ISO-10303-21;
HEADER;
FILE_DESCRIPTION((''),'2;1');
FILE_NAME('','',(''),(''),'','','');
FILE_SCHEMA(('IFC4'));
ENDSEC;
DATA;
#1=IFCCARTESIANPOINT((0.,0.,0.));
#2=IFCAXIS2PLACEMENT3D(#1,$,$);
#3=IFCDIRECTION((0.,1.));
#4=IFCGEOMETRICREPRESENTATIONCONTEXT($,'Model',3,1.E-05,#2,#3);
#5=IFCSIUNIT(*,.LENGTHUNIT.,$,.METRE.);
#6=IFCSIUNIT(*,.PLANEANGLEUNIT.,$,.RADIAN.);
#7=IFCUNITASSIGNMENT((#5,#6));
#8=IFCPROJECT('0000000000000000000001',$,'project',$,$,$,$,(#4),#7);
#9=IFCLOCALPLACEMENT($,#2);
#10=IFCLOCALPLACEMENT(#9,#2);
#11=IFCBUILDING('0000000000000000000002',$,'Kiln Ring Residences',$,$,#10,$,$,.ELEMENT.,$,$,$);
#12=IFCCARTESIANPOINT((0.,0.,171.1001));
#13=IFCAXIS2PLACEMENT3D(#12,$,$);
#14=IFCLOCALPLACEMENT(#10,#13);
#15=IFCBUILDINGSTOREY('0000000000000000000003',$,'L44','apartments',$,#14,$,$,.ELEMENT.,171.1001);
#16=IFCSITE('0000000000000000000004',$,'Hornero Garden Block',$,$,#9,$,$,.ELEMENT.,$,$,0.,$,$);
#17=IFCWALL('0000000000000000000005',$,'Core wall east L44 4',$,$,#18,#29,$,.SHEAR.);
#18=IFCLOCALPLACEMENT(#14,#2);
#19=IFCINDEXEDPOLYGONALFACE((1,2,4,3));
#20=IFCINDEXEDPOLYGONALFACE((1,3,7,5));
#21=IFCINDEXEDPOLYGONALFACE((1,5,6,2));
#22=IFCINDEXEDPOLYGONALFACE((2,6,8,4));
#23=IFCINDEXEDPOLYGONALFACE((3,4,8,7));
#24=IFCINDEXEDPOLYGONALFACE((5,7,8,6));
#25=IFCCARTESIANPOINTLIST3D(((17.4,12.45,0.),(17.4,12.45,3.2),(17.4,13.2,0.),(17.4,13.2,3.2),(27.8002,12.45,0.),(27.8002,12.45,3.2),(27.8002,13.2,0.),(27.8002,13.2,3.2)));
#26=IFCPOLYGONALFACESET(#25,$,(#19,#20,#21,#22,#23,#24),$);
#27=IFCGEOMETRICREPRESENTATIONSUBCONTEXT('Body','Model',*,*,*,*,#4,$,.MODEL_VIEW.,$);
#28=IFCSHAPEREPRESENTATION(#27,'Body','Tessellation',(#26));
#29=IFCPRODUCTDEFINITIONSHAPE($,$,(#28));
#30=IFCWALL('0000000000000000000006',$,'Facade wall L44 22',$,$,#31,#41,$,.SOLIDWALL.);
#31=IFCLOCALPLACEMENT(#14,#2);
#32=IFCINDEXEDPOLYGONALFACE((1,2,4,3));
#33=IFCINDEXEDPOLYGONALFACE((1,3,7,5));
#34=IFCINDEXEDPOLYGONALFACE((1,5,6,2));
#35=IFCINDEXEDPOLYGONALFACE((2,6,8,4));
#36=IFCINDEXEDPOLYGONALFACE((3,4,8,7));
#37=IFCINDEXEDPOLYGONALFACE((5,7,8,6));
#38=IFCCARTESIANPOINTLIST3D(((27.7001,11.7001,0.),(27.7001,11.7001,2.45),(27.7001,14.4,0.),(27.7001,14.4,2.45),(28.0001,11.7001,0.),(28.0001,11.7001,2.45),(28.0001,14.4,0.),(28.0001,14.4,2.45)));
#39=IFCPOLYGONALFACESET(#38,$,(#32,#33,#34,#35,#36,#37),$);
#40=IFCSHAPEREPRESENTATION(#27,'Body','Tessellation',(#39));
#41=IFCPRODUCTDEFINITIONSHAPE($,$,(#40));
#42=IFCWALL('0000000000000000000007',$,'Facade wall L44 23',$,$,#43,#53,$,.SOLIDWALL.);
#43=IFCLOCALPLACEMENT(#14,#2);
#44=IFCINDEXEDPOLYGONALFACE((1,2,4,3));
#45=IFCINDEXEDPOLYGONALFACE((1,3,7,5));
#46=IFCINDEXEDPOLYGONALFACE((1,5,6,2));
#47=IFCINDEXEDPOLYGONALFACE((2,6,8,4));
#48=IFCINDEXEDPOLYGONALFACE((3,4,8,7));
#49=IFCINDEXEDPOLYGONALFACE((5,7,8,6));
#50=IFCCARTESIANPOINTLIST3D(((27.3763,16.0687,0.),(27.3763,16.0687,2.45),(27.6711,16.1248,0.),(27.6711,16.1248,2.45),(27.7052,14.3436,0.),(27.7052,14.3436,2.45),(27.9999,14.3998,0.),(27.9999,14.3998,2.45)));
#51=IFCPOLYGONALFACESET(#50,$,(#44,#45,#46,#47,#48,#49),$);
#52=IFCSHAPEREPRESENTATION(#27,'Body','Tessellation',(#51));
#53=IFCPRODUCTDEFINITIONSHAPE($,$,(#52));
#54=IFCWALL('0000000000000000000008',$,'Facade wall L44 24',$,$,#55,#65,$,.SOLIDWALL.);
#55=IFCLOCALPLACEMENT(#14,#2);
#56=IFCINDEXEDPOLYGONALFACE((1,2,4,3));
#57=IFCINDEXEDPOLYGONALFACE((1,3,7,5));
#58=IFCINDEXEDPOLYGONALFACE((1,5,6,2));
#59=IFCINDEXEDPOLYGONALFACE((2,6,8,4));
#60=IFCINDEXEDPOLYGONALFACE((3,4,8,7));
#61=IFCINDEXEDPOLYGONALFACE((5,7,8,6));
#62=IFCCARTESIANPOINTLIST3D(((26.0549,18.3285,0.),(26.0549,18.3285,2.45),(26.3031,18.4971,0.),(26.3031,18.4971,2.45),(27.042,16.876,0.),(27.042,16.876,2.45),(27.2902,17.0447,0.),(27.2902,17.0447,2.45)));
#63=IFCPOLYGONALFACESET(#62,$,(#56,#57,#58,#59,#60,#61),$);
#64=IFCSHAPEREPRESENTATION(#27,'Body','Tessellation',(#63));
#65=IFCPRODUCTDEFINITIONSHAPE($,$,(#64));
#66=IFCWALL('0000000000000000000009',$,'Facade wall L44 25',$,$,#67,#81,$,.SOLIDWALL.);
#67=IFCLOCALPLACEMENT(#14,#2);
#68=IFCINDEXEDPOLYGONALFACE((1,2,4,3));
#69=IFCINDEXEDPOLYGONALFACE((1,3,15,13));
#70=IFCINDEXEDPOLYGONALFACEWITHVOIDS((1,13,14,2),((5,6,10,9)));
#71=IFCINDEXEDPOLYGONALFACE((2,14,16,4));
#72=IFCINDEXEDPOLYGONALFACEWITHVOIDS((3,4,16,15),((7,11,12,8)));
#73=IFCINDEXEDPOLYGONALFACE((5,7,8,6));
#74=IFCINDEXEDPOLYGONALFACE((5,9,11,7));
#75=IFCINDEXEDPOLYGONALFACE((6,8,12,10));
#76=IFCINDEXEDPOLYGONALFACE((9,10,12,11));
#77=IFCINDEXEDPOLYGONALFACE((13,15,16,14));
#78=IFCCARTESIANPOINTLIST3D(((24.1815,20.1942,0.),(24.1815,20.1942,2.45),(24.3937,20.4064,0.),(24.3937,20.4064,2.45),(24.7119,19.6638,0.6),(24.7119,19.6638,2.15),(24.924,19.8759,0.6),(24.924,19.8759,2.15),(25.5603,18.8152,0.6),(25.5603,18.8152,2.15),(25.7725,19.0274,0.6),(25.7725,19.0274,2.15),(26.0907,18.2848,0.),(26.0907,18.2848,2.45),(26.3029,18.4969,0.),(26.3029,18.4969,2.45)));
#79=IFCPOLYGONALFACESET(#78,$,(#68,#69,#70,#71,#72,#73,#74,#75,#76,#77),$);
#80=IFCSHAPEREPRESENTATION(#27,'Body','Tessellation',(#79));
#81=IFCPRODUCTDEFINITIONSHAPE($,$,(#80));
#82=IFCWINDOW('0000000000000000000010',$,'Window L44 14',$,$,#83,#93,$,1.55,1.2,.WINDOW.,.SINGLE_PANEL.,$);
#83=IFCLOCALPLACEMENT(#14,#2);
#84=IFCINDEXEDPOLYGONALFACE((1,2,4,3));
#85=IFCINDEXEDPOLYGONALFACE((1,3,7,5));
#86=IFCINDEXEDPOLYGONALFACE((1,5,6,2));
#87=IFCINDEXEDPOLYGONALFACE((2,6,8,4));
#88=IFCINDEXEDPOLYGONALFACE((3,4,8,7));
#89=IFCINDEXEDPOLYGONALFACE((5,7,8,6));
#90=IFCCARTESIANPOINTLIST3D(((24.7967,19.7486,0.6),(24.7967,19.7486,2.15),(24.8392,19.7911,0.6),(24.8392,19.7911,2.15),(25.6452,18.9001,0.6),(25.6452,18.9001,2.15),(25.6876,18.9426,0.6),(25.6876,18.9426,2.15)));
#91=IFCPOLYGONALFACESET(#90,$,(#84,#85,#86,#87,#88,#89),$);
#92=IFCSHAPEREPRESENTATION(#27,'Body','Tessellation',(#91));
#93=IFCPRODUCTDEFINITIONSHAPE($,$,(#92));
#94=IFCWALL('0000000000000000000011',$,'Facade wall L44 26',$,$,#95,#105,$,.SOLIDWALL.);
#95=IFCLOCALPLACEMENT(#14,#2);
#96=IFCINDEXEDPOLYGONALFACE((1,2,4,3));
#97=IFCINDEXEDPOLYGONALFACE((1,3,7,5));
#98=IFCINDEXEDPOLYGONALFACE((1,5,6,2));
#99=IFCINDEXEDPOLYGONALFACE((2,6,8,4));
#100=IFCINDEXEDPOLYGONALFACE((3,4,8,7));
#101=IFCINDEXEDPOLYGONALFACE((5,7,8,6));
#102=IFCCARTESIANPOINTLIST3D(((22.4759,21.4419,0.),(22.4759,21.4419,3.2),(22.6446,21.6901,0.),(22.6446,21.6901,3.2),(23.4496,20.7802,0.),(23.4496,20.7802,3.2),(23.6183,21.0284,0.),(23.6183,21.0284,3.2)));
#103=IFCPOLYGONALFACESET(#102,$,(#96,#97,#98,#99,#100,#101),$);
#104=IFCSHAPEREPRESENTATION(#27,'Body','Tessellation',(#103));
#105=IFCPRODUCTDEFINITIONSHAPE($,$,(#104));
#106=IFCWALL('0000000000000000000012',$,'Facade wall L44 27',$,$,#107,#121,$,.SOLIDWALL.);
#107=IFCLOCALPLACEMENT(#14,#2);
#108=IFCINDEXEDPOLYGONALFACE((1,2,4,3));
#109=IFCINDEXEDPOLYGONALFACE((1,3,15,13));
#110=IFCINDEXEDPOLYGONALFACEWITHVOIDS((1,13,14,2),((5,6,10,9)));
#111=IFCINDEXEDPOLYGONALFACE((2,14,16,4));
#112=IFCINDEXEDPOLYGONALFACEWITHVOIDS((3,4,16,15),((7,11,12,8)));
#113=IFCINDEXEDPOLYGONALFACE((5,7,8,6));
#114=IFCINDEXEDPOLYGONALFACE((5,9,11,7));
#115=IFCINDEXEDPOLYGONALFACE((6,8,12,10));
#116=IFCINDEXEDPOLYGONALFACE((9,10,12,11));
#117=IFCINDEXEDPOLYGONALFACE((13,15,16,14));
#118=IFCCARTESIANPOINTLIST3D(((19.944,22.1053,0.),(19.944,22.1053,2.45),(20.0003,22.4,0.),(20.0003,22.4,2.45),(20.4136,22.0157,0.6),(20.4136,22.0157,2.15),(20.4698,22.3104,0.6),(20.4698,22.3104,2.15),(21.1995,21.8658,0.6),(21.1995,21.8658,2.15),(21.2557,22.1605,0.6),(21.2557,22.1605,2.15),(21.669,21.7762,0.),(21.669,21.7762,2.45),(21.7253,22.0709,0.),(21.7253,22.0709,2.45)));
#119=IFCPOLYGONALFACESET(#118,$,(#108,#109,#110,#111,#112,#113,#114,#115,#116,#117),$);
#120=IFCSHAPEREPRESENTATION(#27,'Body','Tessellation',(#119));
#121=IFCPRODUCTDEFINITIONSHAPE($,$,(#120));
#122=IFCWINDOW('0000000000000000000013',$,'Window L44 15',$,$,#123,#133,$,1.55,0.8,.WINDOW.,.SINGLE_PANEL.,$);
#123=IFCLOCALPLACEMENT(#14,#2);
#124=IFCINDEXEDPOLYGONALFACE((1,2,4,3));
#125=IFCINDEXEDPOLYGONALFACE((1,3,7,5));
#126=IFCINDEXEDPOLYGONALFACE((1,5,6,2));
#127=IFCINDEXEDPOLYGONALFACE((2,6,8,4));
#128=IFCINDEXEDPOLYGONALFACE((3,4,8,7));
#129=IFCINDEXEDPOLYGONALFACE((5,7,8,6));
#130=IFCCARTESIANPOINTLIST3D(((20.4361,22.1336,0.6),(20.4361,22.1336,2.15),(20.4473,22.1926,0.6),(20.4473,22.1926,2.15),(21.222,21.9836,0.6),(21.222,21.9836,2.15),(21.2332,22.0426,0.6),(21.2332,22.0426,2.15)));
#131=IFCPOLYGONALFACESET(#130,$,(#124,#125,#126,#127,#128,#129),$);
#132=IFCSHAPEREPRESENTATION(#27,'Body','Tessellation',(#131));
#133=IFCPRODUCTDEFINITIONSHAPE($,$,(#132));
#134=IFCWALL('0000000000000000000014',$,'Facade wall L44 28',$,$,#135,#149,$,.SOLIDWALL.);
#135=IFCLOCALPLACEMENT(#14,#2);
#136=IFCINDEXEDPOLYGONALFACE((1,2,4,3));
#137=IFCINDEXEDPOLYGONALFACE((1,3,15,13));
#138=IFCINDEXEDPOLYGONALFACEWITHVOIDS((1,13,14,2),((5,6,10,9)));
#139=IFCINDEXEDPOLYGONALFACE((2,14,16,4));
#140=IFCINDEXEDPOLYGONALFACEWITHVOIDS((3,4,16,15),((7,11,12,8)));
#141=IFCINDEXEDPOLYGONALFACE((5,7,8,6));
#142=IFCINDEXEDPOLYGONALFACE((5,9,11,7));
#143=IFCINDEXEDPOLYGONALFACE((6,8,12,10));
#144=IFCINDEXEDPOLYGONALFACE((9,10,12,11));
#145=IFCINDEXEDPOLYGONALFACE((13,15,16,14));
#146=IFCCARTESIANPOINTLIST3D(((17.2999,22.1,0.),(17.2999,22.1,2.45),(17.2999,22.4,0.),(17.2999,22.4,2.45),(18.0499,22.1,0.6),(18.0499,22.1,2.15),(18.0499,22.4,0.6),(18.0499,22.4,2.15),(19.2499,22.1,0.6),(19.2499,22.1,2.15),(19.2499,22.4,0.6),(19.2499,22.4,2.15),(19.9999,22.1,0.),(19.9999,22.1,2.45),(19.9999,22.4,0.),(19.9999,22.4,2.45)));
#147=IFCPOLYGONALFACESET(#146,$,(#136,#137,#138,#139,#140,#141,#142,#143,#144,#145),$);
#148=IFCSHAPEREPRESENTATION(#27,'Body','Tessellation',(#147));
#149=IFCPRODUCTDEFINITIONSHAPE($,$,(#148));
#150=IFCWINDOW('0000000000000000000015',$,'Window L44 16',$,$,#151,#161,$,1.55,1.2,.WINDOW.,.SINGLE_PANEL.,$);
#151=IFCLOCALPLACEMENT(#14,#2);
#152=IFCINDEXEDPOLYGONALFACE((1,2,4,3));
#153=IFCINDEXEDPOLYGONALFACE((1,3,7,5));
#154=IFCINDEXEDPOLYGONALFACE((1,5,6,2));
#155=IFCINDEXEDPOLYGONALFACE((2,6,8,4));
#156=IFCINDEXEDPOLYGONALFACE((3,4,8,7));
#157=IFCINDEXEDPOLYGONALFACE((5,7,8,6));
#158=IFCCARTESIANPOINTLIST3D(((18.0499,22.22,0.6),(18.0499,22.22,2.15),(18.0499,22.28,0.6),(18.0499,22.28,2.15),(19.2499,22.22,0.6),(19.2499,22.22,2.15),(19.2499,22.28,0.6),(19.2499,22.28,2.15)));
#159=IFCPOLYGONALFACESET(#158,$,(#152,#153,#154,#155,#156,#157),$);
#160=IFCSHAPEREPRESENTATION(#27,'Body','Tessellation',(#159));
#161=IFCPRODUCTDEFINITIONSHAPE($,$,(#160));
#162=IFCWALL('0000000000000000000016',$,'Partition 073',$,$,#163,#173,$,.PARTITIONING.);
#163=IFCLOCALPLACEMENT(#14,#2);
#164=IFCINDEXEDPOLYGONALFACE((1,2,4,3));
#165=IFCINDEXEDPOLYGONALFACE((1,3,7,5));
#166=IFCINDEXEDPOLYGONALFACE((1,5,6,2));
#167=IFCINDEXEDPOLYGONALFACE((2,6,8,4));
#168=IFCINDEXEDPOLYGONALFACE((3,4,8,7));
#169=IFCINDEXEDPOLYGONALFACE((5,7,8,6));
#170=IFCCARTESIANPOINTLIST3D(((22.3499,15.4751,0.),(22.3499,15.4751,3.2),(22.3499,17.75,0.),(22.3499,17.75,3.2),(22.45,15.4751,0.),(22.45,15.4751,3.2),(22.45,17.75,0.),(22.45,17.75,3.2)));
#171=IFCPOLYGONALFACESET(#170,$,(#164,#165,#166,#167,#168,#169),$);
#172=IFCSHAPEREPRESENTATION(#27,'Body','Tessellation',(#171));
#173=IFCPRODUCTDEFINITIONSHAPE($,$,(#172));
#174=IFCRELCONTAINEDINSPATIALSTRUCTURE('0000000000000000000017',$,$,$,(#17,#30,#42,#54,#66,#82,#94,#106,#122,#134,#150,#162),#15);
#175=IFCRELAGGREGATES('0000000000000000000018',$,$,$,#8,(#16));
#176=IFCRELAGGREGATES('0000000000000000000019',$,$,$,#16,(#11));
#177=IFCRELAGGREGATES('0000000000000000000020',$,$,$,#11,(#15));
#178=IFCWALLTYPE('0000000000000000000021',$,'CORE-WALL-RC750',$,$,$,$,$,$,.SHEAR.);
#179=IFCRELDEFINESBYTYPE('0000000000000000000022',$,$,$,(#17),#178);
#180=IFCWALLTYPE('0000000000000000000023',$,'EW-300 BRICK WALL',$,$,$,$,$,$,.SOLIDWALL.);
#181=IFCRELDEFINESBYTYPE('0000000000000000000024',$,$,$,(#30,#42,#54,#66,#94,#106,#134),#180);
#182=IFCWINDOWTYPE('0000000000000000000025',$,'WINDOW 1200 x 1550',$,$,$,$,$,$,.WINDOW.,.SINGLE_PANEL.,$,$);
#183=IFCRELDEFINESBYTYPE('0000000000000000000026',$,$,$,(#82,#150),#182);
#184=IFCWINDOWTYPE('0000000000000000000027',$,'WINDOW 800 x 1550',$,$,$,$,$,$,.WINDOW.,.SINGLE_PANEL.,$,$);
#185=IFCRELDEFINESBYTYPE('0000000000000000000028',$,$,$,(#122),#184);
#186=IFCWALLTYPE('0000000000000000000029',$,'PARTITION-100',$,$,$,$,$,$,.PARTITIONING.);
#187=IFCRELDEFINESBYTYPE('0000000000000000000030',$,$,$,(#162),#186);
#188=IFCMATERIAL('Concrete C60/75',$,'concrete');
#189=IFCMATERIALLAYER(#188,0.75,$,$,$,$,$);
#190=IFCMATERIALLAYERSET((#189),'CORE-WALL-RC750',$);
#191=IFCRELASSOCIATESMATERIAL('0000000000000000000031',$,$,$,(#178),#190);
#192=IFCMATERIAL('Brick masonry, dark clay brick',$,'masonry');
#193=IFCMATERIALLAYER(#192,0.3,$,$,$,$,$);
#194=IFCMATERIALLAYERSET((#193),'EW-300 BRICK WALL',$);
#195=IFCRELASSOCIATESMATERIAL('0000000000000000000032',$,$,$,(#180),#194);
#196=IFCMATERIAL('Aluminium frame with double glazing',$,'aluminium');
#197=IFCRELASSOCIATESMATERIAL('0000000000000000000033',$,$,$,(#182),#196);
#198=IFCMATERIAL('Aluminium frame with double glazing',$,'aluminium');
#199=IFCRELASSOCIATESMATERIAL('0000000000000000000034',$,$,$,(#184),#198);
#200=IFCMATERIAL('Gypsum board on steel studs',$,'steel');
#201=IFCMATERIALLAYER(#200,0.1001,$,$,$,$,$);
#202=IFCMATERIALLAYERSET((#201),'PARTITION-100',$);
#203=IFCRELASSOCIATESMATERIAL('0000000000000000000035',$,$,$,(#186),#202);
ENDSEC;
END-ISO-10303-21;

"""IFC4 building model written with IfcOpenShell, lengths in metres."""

from ifc_helpers import new_model, si_unit, direction, frame, frame_2d, origin, place, context, subcontext, project, spatial, rectangle, extrude, material, layer, layer_set, type_object, element, fill, save


model = new_model("IFC4")

# Units and contexts
model_context = context("Model", 3, precision=1e-05, world=origin(), true_north=direction((0.0, 1.0)))
body_context = subcontext(model_context, "Body", "Model", "MODEL_VIEW")
ifc_project = project(units=[si_unit("LENGTHUNIT", "METRE"), si_unit("PLANEANGLEUNIT", "RADIAN")], contexts=[model_context])

# Site, building, storey
site_placement = place(None, origin())
site = spatial("IfcSite", under=ifc_project, at=site_placement, Name="Hornero Garden Block", CompositionType="ELEMENT", RefElevation=0.0)
building_placement = place(site_placement, origin())
building = spatial("IfcBuilding", under=site, at=building_placement, Name="Kiln Ring Residences", CompositionType="ELEMENT")
storey_placement = place(building_placement, frame((0.0, 0.0, 171.1001)))
storey = spatial("IfcBuildingStorey", under=building, at=storey_placement, Name="L44", Description="apartments", CompositionType="ELEMENT", Elevation=171.1001)

# Walls
ifc_material_1 = material(Name="Concrete C60/75", Category="concrete")
ifc_layer_1 = layer(ifc_material_1, 0.75)
ifc_layer_set_1 = layer_set([ifc_layer_1], Name="CORE-WALL-RC750")
wall_type_1 = type_object("IfcWallType", Name="CORE-WALL-RC750", PredefinedType="SHEAR", material=ifc_layer_set_1)
wall_1_placement = place(storey_placement, frame((17.3999, 12.825, 0.0), z_axis=(0.0, 0.0, 1.0), x_axis=(1.0, 0.0, 0.0)))
element("IfcWall", 1, at=wall_1_placement, inside=storey, type_object=wall_type_1, Name="Core wall east L44 4", PredefinedType="SHEAR", context=body_context, shape_type="SweptSolid", body=[
    extrude(rectangle(XDim=10.4001, YDim=0.75, at=frame_2d((5.2002, 0.0))), origin(), (0.0, 0.0, 1.0), 3.2),
])
ifc_material_2 = material(Name="Brick masonry, dark clay brick", Category="masonry")
ifc_layer_2 = layer(ifc_material_2, 0.3)
ifc_layer_set_2 = layer_set([ifc_layer_2], Name="EW-300 BRICK WALL")
wall_type_2 = type_object("IfcWallType", Name="EW-300 BRICK WALL", PredefinedType="SOLIDWALL", material=ifc_layer_set_2)
wall_2_placement = place(storey_placement, frame((27.8501, 11.7, 0.0), z_axis=(0.0, 0.0, 1.0), x_axis=(0.0, 1.0, 0.0)))
element("IfcWall", 2, at=wall_2_placement, inside=storey, type_object=wall_type_2, Name="Facade wall L44 22", PredefinedType="SOLIDWALL", context=body_context, shape_type="SweptSolid", body=[
    extrude(rectangle(XDim=2.7, YDim=0.3, at=frame_2d((1.3501, 0.0))), origin(), (0.0, 0.0, 1.0), 2.45),
])
for number, where, z_axis, x_axis, name in (
    (3, (27.8525, 14.3718, 0.0), (0.0, 0.0, 1.0), (-0.187259, 0.982311, 0.0), "Facade wall L44 23"),
    (4, (27.166, 16.9604, 0.0), (0.0, 0.0, 1.0), (-0.562089, 0.827076, 0.0), "Facade wall L44 24"),
):
    element("IfcWall", number, at=place(storey_placement, frame(where, z_axis=z_axis, x_axis=x_axis)), inside=storey, type_object=wall_type_2, Name=name, PredefinedType="SOLIDWALL", context=body_context, shape_type="SweptSolid", body=[
        extrude(rectangle(XDim=1.7561, YDim=0.3, at=frame_2d((0.8779, 0.0))), origin(), (0.0, 0.0, 1.0), 2.45),
    ])

# Wall, opening, window
wall_3_placement = place(storey_placement, frame((26.1968, 18.3909, 0.0), z_axis=(0.0, 0.0, 1.0), x_axis=(-0.707062, 0.707152, 0.0)))
wall_3 = element("IfcWall", 5, at=wall_3_placement, inside=storey, type_object=wall_type_2, Name="Facade wall L44 25", PredefinedType="SOLIDWALL", context=body_context, shape_type="SweptSolid", body=[
    extrude(rectangle(XDim=2.7002, YDim=0.3, at=frame_2d((1.3501, 0.0))), origin(), (0.0, 0.0, 1.0), 2.45),
])
opening_1_placement = place(wall_3_placement, frame((0.75, 0.0, 0.6001)))
opening_1 = element("IfcOpeningElement", 6, at=opening_1_placement, cuts=wall_3, PredefinedType="OPENING", context=body_context, shape_type="SweptSolid", body=[
    extrude(rectangle(XDim=1.2, YDim=1.55, at=frame_2d((0.6001, 0.7749))), frame((0.0, 0.1599, 0.0), z_axis=(0.0, -1.0, 0.0), x_axis=(1.0, 0.0, 0.0)), (0.0, 0.0, 1.0), 0.3201),
])
ifc_material_3 = material(Name="Aluminium frame with double glazing", Category="aluminium")
window_type_1 = type_object("IfcWindowType", Name="WINDOW 1200 x 1550", PartitioningType="SINGLE_PANEL", PredefinedType="WINDOW", material=ifc_material_3)
window_1_placement = place(opening_1_placement, origin())
window_1 = element("IfcWindow", 7, at=window_1_placement, inside=storey, type_object=window_type_1, Name="Window L44 14", OverallHeight=1.55, OverallWidth=1.2, PartitioningType="SINGLE_PANEL", PredefinedType="WINDOW", context=body_context, shape_type="SweptSolid", body=[
    extrude(rectangle(XDim=1.2, YDim=1.55, at=frame_2d((0.6001, 0.7749))), frame((0.0, 0.03, 0.0), z_axis=(0.0, -1.0, 0.0), x_axis=(1.0, 0.0, 0.0)), (0.0, 0.0, 1.0), 0.0601),
])
fill(opening_1, window_1)

# Wall
wall_4_placement = place(storey_placement, frame((23.5339, 20.9043, 0.0), z_axis=(0.0, 0.0, 1.0), x_axis=(-0.827104, 0.562049, 0.0)))
element("IfcWall", 8, at=wall_4_placement, inside=storey, type_object=wall_type_2, Name="Facade wall L44 26", PredefinedType="SOLIDWALL", context=body_context, shape_type="SweptSolid", body=[
    extrude(rectangle(XDim=1.1772, YDim=0.3, at=frame_2d((0.5886, 0.0))), origin(), (0.0, 0.0, 1.0), 3.2),
])

# Walls, openings, windows
wall_5_placement = place(storey_placement, frame((21.697, 21.9236, 0.0), z_axis=(0.0, 0.0, 1.0), x_axis=(-0.982285, 0.187393, 0.0)))
wall_5 = element("IfcWall", 9, at=wall_5_placement, inside=storey, type_object=wall_type_2, Name="Facade wall L44 27", PredefinedType="SOLIDWALL", context=body_context, shape_type="SweptSolid", body=[
    extrude(rectangle(XDim=1.7561, YDim=0.3, at=frame_2d((0.8779, 0.0))), origin(), (0.0, 0.0, 1.0), 2.45),
])
opening_2_placement = place(wall_5_placement, frame((0.478, 0.0, 0.6001)))
opening_2 = element("IfcOpeningElement", 10, at=opening_2_placement, cuts=wall_5, PredefinedType="OPENING", context=body_context, shape_type="SweptSolid", body=[
    extrude(rectangle(XDim=0.8, YDim=1.55, at=frame_2d((0.3999, 0.7749))), frame((0.0, 0.1599, 0.0), z_axis=(0.0, -1.0, 0.0), x_axis=(1.0, 0.0, 0.0)), (0.0, 0.0, 1.0), 0.3201),
])
ifc_material_4 = material(Name="Aluminium frame with double glazing", Category="aluminium")
window_type_2 = type_object("IfcWindowType", Name="WINDOW 800 x 1550", PartitioningType="SINGLE_PANEL", PredefinedType="WINDOW", material=ifc_material_4)
window_2_placement = place(opening_2_placement, origin())
window_2 = element("IfcWindow", 11, at=window_2_placement, inside=storey, type_object=window_type_2, Name="Window L44 15", OverallHeight=1.55, OverallWidth=0.8, PartitioningType="SINGLE_PANEL", PredefinedType="WINDOW", context=body_context, shape_type="SweptSolid", body=[
    extrude(rectangle(XDim=0.8, YDim=1.55, at=frame_2d((0.3999, 0.7749))), frame((0.0, 0.03, 0.0), z_axis=(0.0, -1.0, 0.0), x_axis=(1.0, 0.0, 0.0)), (0.0, 0.0, 1.0), 0.0601),
])
fill(opening_2, window_2)
wall_6_placement = place(storey_placement, frame((20.0, 22.25, 0.0), z_axis=(0.0, 0.0, 1.0), x_axis=(-1.0, 0.0, 0.0)))
wall_6 = element("IfcWall", 12, at=wall_6_placement, inside=storey, type_object=wall_type_2, Name="Facade wall L44 28", PredefinedType="SOLIDWALL", context=body_context, shape_type="SweptSolid", body=[
    extrude(rectangle(XDim=2.7, YDim=0.3, at=frame_2d((1.3501, 0.0))), origin(), (0.0, 0.0, 1.0), 2.45),
])
opening_3_placement = place(wall_6_placement, frame((0.75, 0.0, 0.6001)))
opening_3 = element("IfcOpeningElement", 13, at=opening_3_placement, cuts=wall_6, PredefinedType="OPENING", context=body_context, shape_type="SweptSolid", body=[
    extrude(rectangle(XDim=1.2, YDim=1.55, at=frame_2d((0.6001, 0.7749))), frame((0.0, 0.1599, 0.0), z_axis=(0.0, -1.0, 0.0), x_axis=(1.0, 0.0, 0.0)), (0.0, 0.0, 1.0), 0.3201),
])
window_3_placement = place(opening_3_placement, origin())
window_3 = element("IfcWindow", 14, at=window_3_placement, inside=storey, type_object=window_type_1, Name="Window L44 16", OverallHeight=1.55, OverallWidth=1.2, PartitioningType="SINGLE_PANEL", PredefinedType="WINDOW", context=body_context, shape_type="SweptSolid", body=[
    extrude(rectangle(XDim=1.2, YDim=1.55, at=frame_2d((0.6001, 0.7749))), frame((0.0, 0.03, 0.0), z_axis=(0.0, -1.0, 0.0), x_axis=(1.0, 0.0, 0.0)), (0.0, 0.0, 1.0), 0.0601),
])
fill(opening_3, window_3)

# Wall
ifc_material_5 = material(Name="Gypsum board on steel studs", Category="steel")
ifc_layer_3 = layer(ifc_material_5, 0.1001)
ifc_layer_set_3 = layer_set([ifc_layer_3], Name="PARTITION-100")
wall_type_3 = type_object("IfcWallType", Name="PARTITION-100", PredefinedType="PARTITIONING", material=ifc_layer_set_3)
wall_7_placement = place(storey_placement, frame((22.3999, 15.4751, 0.0), z_axis=(0.0, 0.0, 1.0), x_axis=(0.0, 1.0, 0.0)))
element("IfcWall", 15, at=wall_7_placement, inside=storey, type_object=wall_type_3, Name="Partition 073", PredefinedType="PARTITIONING", context=body_context, shape_type="SweptSolid", body=[
    extrude(rectangle(XDim=2.2749, YDim=0.1001, at=frame_2d((1.1375, 0.0))), origin(), (0.0, 0.0, 1.0), 3.2),
])

save(model, "model.ifc")
